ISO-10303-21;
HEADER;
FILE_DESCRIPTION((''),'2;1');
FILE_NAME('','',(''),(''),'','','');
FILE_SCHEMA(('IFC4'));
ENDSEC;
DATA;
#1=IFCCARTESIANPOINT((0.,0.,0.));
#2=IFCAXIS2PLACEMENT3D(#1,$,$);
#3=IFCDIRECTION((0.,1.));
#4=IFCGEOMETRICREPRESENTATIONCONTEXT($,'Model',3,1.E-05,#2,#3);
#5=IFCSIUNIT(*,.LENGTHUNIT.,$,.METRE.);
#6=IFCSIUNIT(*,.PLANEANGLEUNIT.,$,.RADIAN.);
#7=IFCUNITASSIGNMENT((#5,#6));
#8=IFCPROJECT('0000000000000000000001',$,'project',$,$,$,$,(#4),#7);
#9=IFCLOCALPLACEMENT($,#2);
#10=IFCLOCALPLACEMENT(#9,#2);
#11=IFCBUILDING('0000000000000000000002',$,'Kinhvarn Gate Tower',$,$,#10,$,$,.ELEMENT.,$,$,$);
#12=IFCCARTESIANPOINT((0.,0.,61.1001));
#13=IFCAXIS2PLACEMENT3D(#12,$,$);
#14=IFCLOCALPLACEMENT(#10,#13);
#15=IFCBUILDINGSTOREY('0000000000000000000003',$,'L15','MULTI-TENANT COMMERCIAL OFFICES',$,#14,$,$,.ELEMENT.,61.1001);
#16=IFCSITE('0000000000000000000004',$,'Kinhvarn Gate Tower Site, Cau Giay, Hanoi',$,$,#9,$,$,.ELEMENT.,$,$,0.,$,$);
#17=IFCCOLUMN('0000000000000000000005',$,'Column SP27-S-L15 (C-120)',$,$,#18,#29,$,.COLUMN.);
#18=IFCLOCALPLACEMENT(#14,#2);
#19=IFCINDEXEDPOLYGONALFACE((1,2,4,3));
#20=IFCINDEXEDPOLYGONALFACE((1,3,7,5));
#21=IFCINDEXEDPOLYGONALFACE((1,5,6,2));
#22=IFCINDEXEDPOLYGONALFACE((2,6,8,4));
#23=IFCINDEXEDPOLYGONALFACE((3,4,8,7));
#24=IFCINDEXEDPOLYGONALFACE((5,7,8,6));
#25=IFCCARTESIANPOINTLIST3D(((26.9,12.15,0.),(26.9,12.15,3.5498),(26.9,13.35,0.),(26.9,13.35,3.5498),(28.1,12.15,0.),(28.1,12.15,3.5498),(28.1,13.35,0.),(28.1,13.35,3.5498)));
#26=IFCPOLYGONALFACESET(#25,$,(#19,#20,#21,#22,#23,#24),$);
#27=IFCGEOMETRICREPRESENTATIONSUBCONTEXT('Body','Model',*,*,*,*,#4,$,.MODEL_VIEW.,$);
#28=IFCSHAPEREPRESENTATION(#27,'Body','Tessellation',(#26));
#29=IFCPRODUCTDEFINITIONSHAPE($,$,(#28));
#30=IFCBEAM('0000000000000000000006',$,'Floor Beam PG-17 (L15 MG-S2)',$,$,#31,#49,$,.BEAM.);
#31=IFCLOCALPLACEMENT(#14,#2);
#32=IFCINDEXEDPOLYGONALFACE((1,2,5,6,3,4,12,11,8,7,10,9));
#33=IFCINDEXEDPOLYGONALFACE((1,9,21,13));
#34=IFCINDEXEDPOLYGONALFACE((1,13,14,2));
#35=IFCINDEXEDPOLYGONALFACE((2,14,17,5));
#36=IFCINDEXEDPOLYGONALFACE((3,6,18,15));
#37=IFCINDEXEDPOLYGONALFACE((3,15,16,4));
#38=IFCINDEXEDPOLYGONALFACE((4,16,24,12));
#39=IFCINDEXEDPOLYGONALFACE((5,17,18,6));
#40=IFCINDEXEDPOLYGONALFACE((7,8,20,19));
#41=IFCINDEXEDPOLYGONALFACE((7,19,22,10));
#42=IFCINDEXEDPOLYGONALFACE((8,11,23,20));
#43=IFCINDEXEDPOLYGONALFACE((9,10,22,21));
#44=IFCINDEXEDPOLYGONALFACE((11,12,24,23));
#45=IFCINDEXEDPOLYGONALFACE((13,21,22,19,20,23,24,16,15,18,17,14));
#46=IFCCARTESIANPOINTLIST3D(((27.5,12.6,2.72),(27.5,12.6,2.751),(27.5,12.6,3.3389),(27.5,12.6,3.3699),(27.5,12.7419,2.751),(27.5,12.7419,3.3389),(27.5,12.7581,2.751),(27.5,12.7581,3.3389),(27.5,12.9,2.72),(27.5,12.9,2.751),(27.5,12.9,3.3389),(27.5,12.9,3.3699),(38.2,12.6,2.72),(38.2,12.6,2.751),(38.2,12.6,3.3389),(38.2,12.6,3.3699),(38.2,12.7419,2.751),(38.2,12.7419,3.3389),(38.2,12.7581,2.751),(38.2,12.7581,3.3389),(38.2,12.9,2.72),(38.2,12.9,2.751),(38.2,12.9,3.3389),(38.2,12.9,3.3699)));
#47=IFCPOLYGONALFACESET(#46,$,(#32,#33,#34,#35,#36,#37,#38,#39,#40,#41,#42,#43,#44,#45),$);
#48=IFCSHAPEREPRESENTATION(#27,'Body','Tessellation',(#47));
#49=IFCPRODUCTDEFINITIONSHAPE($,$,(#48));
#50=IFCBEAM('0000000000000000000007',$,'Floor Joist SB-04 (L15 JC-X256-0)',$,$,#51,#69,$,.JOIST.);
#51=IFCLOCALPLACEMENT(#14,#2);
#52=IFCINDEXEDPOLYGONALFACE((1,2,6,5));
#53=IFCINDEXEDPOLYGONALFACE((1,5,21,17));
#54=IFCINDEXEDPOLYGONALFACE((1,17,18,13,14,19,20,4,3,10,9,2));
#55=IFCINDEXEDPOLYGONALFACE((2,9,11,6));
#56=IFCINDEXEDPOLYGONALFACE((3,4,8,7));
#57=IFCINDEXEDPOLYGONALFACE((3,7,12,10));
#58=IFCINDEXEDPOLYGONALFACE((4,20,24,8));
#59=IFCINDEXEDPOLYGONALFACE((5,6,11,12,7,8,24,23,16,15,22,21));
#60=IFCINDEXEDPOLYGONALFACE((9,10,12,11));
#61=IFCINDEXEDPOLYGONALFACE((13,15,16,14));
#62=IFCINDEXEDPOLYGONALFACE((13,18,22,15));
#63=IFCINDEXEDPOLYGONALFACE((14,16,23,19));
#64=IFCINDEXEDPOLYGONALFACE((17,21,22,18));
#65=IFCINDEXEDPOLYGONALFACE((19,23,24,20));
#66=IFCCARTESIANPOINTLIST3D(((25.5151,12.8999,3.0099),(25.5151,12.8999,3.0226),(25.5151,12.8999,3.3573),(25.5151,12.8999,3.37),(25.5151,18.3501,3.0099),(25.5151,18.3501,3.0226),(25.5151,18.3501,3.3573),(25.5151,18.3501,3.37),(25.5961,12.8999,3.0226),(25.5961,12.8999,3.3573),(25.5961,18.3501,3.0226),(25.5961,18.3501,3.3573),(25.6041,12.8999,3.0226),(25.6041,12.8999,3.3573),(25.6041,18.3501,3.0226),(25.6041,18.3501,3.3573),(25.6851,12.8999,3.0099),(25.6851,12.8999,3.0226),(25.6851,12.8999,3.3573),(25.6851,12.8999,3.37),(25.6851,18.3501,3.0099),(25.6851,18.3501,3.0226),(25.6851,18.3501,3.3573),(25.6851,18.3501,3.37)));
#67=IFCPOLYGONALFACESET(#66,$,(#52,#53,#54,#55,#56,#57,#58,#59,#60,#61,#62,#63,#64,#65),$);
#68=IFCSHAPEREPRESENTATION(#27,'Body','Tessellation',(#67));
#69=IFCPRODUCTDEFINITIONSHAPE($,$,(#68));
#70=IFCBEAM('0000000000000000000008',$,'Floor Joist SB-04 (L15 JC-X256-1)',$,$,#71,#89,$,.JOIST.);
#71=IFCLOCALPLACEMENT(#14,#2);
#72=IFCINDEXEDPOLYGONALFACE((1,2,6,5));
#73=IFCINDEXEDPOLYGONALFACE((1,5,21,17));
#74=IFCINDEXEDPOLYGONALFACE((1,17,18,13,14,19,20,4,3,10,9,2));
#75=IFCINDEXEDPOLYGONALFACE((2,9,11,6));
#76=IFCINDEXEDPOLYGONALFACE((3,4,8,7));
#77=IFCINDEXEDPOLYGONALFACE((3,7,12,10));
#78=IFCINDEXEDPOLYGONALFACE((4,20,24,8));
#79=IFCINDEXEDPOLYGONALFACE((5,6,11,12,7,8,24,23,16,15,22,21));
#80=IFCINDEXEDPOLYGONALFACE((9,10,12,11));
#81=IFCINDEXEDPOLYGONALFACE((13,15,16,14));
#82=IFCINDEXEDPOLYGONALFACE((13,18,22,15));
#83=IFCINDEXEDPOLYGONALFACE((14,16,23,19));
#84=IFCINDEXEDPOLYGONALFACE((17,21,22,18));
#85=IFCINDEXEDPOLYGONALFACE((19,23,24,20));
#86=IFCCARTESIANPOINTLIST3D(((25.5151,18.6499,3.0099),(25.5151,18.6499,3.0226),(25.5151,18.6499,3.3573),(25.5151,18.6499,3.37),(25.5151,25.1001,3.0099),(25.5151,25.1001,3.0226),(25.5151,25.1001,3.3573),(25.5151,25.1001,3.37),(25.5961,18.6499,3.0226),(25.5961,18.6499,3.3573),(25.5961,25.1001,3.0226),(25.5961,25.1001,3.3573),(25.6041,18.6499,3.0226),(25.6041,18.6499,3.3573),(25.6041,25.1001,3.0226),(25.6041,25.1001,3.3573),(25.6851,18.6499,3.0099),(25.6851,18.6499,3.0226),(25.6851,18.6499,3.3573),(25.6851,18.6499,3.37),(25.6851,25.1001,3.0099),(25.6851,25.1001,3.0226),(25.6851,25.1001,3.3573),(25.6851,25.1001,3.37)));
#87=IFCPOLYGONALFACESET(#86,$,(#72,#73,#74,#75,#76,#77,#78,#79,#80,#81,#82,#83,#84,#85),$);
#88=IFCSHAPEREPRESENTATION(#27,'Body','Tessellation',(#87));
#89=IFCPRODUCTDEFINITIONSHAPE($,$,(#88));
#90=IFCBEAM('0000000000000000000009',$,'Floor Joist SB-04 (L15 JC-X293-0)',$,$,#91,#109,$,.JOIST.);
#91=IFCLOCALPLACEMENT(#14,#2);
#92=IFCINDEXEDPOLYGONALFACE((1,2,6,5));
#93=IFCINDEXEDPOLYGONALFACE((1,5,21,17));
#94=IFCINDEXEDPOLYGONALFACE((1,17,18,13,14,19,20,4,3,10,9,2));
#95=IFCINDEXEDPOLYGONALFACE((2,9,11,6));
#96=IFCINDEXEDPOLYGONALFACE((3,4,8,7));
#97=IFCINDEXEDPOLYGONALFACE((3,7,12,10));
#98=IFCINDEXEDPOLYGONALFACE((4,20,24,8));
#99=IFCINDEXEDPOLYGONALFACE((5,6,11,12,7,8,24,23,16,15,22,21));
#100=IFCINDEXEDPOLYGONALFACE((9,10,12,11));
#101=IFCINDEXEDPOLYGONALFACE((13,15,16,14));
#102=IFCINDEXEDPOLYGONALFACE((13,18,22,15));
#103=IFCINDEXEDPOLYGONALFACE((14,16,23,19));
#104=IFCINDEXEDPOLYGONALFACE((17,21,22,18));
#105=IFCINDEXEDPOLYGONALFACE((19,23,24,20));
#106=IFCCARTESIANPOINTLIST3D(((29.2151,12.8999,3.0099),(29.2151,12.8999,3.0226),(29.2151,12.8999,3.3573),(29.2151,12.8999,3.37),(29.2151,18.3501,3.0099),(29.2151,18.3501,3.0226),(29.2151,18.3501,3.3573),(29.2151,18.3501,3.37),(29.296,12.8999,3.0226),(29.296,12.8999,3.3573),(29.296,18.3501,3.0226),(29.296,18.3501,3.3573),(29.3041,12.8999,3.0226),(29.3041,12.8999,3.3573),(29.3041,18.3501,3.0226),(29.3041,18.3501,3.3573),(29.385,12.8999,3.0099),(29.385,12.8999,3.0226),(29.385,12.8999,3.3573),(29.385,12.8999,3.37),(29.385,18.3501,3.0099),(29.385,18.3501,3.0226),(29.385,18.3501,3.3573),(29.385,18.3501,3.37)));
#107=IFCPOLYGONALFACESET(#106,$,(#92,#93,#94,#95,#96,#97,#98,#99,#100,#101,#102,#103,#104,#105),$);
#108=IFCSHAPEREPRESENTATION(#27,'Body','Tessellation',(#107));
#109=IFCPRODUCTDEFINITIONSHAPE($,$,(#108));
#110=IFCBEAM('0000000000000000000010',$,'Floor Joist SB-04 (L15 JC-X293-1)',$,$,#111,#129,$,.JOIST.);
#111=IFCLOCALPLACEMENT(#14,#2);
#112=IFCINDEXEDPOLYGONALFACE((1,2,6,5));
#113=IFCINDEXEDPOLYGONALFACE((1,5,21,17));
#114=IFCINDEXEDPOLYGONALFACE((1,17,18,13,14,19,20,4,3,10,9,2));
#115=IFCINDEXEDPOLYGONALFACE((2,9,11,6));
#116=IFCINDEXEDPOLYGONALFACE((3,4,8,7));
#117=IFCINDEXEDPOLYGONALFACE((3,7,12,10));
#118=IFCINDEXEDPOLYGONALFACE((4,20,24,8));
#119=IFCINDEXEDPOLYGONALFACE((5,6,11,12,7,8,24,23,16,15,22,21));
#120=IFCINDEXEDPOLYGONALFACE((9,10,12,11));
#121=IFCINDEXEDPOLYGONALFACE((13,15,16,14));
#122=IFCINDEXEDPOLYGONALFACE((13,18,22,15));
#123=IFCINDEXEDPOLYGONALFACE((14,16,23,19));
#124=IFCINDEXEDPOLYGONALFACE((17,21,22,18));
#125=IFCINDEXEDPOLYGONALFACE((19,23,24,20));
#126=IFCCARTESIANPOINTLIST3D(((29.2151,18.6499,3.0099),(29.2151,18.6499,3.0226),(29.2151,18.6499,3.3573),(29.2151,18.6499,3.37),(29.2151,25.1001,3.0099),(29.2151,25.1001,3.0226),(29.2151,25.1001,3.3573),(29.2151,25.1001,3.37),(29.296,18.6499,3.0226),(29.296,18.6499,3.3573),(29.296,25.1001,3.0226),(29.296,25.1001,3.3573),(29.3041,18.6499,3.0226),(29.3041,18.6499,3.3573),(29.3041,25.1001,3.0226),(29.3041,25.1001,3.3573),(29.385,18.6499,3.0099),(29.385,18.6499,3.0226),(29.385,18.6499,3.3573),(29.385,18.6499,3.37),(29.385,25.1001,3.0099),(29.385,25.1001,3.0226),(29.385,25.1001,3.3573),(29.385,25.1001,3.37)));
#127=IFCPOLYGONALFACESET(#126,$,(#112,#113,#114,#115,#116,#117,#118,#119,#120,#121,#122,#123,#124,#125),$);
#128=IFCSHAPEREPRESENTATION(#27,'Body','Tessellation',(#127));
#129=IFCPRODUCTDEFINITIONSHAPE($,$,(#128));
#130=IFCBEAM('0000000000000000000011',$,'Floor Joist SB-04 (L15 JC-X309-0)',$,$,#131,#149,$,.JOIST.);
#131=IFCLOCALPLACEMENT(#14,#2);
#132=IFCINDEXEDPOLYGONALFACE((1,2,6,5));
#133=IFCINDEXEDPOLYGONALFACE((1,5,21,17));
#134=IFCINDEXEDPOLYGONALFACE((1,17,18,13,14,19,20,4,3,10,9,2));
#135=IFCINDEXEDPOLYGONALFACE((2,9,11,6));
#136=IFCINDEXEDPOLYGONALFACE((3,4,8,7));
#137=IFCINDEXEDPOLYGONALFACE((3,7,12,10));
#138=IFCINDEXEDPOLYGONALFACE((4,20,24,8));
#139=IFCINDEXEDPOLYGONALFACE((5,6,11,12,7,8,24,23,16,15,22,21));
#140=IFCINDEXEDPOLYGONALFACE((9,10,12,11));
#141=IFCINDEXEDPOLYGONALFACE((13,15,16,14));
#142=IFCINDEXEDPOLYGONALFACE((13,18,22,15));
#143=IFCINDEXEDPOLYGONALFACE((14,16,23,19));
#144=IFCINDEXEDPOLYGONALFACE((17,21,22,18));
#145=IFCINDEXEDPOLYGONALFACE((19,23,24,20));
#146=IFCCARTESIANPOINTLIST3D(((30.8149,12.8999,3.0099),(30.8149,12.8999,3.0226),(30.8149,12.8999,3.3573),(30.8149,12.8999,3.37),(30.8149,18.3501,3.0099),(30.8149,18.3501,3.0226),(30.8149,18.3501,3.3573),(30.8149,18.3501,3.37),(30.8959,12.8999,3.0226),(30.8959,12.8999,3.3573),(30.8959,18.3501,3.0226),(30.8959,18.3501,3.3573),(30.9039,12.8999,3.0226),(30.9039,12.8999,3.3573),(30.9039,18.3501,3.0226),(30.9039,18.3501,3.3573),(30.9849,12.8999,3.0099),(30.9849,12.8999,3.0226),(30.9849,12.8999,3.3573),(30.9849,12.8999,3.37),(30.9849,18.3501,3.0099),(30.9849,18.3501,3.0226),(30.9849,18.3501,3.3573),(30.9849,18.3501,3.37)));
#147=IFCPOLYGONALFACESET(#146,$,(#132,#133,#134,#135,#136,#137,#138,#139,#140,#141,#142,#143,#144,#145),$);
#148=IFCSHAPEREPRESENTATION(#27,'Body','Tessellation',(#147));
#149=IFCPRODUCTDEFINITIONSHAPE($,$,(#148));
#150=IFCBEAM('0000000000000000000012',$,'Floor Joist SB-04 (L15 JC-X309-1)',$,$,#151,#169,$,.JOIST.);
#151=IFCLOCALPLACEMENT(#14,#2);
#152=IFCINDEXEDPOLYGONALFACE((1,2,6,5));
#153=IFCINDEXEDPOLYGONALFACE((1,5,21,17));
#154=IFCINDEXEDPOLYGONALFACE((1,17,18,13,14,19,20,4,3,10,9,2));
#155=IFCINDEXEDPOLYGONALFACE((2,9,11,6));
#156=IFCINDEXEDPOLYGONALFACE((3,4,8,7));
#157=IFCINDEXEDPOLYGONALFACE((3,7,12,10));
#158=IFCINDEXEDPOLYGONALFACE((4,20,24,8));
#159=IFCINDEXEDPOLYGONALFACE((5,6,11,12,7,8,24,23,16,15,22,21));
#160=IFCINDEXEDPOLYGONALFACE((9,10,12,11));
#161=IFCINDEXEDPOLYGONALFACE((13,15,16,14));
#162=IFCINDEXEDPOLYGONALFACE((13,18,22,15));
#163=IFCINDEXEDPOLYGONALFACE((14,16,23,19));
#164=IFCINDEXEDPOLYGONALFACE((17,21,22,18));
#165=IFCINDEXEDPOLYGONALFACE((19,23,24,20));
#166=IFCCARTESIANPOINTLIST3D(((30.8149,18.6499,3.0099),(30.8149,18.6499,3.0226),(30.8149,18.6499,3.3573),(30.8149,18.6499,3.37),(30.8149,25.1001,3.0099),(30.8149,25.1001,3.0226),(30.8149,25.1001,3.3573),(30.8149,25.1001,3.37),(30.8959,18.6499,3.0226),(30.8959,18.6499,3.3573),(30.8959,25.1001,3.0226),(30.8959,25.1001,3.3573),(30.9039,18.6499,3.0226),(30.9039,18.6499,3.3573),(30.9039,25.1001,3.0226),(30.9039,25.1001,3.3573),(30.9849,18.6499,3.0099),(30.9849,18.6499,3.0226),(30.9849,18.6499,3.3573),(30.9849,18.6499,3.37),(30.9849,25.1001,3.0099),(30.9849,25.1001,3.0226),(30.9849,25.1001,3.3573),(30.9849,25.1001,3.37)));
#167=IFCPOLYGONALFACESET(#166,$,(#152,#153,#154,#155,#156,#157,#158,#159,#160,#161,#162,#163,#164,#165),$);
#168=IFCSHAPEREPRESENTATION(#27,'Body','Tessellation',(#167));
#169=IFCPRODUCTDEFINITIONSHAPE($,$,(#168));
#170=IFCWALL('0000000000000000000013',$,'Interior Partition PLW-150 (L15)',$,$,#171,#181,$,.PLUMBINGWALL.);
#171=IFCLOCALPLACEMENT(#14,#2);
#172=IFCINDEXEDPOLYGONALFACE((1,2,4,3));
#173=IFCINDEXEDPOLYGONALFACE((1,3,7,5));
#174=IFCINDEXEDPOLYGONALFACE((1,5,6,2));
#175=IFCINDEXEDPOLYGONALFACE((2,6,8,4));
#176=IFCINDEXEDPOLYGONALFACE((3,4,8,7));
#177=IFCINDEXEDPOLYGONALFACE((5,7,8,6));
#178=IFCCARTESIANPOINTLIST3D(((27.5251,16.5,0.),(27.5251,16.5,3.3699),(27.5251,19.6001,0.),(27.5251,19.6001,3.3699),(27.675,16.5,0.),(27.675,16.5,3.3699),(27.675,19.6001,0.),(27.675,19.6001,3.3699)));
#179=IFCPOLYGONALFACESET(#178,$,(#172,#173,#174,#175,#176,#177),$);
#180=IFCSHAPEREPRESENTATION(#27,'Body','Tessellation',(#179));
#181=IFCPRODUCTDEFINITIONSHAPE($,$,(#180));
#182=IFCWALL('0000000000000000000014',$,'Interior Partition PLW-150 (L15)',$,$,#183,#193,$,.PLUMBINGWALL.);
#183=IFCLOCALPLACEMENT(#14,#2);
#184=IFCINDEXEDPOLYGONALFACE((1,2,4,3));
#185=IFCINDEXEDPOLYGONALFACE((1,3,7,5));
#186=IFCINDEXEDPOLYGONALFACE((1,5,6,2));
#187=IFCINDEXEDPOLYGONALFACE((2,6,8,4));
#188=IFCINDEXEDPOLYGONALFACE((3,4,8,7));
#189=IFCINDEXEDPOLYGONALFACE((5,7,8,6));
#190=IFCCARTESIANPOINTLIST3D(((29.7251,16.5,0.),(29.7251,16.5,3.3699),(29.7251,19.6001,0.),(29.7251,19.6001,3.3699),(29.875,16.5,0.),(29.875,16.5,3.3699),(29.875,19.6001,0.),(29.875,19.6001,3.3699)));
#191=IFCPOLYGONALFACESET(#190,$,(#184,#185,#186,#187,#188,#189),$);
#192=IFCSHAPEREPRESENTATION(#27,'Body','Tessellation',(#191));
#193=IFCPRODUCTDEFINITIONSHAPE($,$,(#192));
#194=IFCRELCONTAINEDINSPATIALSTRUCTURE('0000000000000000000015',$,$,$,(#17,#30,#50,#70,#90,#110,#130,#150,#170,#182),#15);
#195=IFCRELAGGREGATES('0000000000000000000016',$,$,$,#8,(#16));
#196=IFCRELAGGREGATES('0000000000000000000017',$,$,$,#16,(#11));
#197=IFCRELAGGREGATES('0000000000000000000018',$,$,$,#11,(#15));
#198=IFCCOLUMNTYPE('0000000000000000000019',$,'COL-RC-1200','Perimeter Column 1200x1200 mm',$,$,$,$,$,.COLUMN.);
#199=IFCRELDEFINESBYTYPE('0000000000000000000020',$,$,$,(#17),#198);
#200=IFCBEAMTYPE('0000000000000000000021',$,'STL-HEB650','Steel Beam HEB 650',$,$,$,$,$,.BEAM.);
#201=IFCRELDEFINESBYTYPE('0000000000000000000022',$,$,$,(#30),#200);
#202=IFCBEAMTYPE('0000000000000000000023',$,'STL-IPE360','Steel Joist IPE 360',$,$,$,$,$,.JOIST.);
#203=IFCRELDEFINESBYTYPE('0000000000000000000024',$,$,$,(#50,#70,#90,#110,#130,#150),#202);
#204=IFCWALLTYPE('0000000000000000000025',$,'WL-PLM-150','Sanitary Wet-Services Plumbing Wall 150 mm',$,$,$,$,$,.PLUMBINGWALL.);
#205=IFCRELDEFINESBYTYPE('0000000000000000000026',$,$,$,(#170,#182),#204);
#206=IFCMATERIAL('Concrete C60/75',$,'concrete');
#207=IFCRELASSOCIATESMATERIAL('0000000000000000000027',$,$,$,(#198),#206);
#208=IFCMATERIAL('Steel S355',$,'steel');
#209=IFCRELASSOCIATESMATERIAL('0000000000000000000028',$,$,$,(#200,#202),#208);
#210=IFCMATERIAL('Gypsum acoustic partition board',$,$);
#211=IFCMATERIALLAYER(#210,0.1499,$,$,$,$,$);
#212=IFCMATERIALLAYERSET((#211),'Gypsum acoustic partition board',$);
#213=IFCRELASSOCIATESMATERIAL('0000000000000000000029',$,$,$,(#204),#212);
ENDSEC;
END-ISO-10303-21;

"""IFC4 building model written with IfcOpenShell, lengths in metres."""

from ifc_helpers import new_model, si_unit, direction, frame, frame_2d, origin, origin_2d, place, context, subcontext, project, spatial, rectangle, i_section, extrude, material, layer, layer_set, material_profile, profile_set, type_object, element, save


model = new_model("IFC4")

# Units and contexts
model_context = context("Model", 3, precision=1e-05, world=origin(), true_north=direction((0.0, 1.0)))
body_context = subcontext(model_context, "Body", "Model", "MODEL_VIEW")
ifc_project = project(units=[si_unit("LENGTHUNIT", "METRE"), si_unit("PLANEANGLEUNIT", "RADIAN")], contexts=[model_context])

# Site, building, storey
site_placement = place(None, origin())
site = spatial("IfcSite", under=ifc_project, at=site_placement, Name="Kinhvarn Gate Tower Site, Cau Giay, Hanoi", CompositionType="ELEMENT", RefElevation=0.0)
building_placement = place(site_placement, origin())
building = spatial("IfcBuilding", under=site, at=building_placement, Name="Kinhvarn Gate Tower", CompositionType="ELEMENT")
storey_placement = place(building_placement, frame((0.0, 0.0, 61.1001)))
storey = spatial("IfcBuildingStorey", under=building, at=storey_placement, Name="L15", Description="MULTI-TENANT COMMERCIAL OFFICES", CompositionType="ELEMENT", Elevation=61.1001)

# Column
ifc_material_1 = material(Name="Concrete C60/75", Category="concrete")
ifc_material_profile_1 = material_profile(ifc_material_1, rectangle(XDim=1.2, YDim=1.2, at=origin_2d()), Name="RC 1200x1200")
ifc_profile_set_1 = profile_set([ifc_material_profile_1], Name="Concrete C60/75")
column_type = type_object("IfcColumnType", Name="COL-RC-1200", Description="Perimeter Column 1200x1200 mm", PredefinedType="COLUMN", material=ifc_profile_set_1)
column_placement = place(storey_placement, frame((27.5, 12.75, 0.0), z_axis=(0.0, 0.0, 1.0), x_axis=(1.0, 0.0, 0.0)))
element("IfcColumn", 1, at=column_placement, inside=storey, type_object=column_type, Name="Column SP27-S-L15 (C-120)", PredefinedType="COLUMN", context=body_context, shape_type="SweptSolid", body=[
    extrude(rectangle(XDim=1.2, YDim=1.2, at=origin_2d()), origin(), (0.0, 0.0, 1.0), 3.5498),
])

# Beams
ifc_material_2 = material(Name="Steel S355", Category="steel")
ifc_material_profile_2 = material_profile(ifc_material_2, i_section(OverallWidth=0.3, OverallDepth=0.6499, WebThickness=0.0161, FlangeThickness=0.031, at=origin_2d()), Name="HEB 650")
ifc_profile_set_2 = profile_set([ifc_material_profile_2], Name="Steel S355")
beam_type_1 = type_object("IfcBeamType", Name="STL-HEB650", Description="Steel Beam HEB 650", PredefinedType="BEAM", material=ifc_profile_set_2)
beam_1_placement = place(storey_placement, frame((27.5, 12.75, 3.0449), z_axis=(1.0, 0.0, 0.0), x_axis=(0.0, 1.0, 0.0)))
element("IfcBeam", 2, at=beam_1_placement, inside=storey, type_object=beam_type_1, Name="Floor Beam PG-17 (L15 MG-S2)", PredefinedType="BEAM", context=body_context, shape_type="SweptSolid", body=[
    extrude(i_section(OverallWidth=0.3, OverallDepth=0.6499, WebThickness=0.0161, FlangeThickness=0.031, at=origin_2d()), origin(), (0.0, 0.0, 1.0), 10.7),
])
ifc_material_profile_3 = material_profile(ifc_material_2, i_section(OverallWidth=0.1699, OverallDepth=0.3601, WebThickness=0.0081, FlangeThickness=0.0127, at=origin_2d()), Name="IPE 360")
ifc_profile_set_3 = profile_set([ifc_material_profile_3], Name="Steel S355")
beam_type_2 = type_object("IfcBeamType", Name="STL-IPE360", Description="Steel Joist IPE 360", PredefinedType="JOIST", material=ifc_profile_set_3)
beam_2_placement = place(storey_placement, frame((25.6001, 12.8999, 3.1899), z_axis=(0.0, 1.0, 0.0), x_axis=(-1.0, 0.0, 0.0)))
element("IfcBeam", 3, at=beam_2_placement, inside=storey, type_object=beam_type_2, Name="Floor Joist SB-04 (L15 JC-X256-0)", PredefinedType="JOIST", context=body_context, shape_type="SweptSolid", body=[
    extrude(i_section(OverallWidth=0.1699, OverallDepth=0.3601, WebThickness=0.0081, FlangeThickness=0.0127, at=origin_2d()), origin(), (0.0, 0.0, 1.0), 5.4502),
])
beam_3_placement = place(storey_placement, frame((25.6001, 18.6499, 3.1899), z_axis=(0.0, 1.0, 0.0), x_axis=(-1.0, 0.0, 0.0)))
element("IfcBeam", 4, at=beam_3_placement, inside=storey, type_object=beam_type_2, Name="Floor Joist SB-04 (L15 JC-X256-1)", PredefinedType="JOIST", context=body_context, shape_type="SweptSolid", body=[
    extrude(i_section(OverallWidth=0.1699, OverallDepth=0.3601, WebThickness=0.0081, FlangeThickness=0.0127, at=origin_2d()), origin(), (0.0, 0.0, 1.0), 6.4502),
])
beam_4_placement = place(storey_placement, frame((29.3, 12.8999, 3.1899), z_axis=(0.0, 1.0, 0.0), x_axis=(-1.0, 0.0, 0.0)))
element("IfcBeam", 5, at=beam_4_placement, inside=storey, type_object=beam_type_2, Name="Floor Joist SB-04 (L15 JC-X293-0)", PredefinedType="JOIST", context=body_context, shape_type="SweptSolid", body=[
    extrude(i_section(OverallWidth=0.1699, OverallDepth=0.3601, WebThickness=0.0081, FlangeThickness=0.0127, at=origin_2d()), origin(), (0.0, 0.0, 1.0), 5.4502),
])
beam_5_placement = place(storey_placement, frame((29.3, 18.6499, 3.1899), z_axis=(0.0, 1.0, 0.0), x_axis=(-1.0, 0.0, 0.0)))
element("IfcBeam", 6, at=beam_5_placement, inside=storey, type_object=beam_type_2, Name="Floor Joist SB-04 (L15 JC-X293-1)", PredefinedType="JOIST", context=body_context, shape_type="SweptSolid", body=[
    extrude(i_section(OverallWidth=0.1699, OverallDepth=0.3601, WebThickness=0.0081, FlangeThickness=0.0127, at=origin_2d()), origin(), (0.0, 0.0, 1.0), 6.4502),
])
beam_6_placement = place(storey_placement, frame((30.8999, 12.8999, 3.1899), z_axis=(0.0, 1.0, 0.0), x_axis=(-1.0, 0.0, 0.0)))
element("IfcBeam", 7, at=beam_6_placement, inside=storey, type_object=beam_type_2, Name="Floor Joist SB-04 (L15 JC-X309-0)", PredefinedType="JOIST", context=body_context, shape_type="SweptSolid", body=[
    extrude(i_section(OverallWidth=0.1699, OverallDepth=0.3601, WebThickness=0.0081, FlangeThickness=0.0127, at=origin_2d()), origin(), (0.0, 0.0, 1.0), 5.4502),
])
beam_7_placement = place(storey_placement, frame((30.8999, 18.6499, 3.1899), z_axis=(0.0, 1.0, 0.0), x_axis=(-1.0, 0.0, 0.0)))
element("IfcBeam", 8, at=beam_7_placement, inside=storey, type_object=beam_type_2, Name="Floor Joist SB-04 (L15 JC-X309-1)", PredefinedType="JOIST", context=body_context, shape_type="SweptSolid", body=[
    extrude(i_section(OverallWidth=0.1699, OverallDepth=0.3601, WebThickness=0.0081, FlangeThickness=0.0127, at=origin_2d()), origin(), (0.0, 0.0, 1.0), 6.4502),
])

# Walls
ifc_material_3 = material(Name="Gypsum acoustic partition board")
ifc_layer_1 = layer(ifc_material_3, 0.1499)
ifc_layer_set_1 = layer_set([ifc_layer_1], Name="Gypsum acoustic partition board")
wall_type_1 = type_object("IfcWallType", Name="WL-PLM-150", Description="Sanitary Wet-Services Plumbing Wall 150 mm", PredefinedType="PLUMBINGWALL", material=ifc_layer_set_1)
for number, where, z_axis, x_axis, name in (
    (9, (27.6001, 16.5, 0.0), (0.0, 0.0, 1.0), (0.0, 1.0, 0.0), "Interior Partition PLW-150 (L15)"),
    (10, (29.8, 16.5, 0.0), (0.0, 0.0, 1.0), (0.0, 1.0, 0.0), "Interior Partition PLW-150 (L15)"),
):
    element("IfcWall", number, at=place(storey_placement, frame(where, z_axis=z_axis, x_axis=x_axis)), inside=storey, type_object=wall_type_1, Name=name, PredefinedType="PLUMBINGWALL", context=body_context, shape_type="SweptSolid", body=[
        extrude(rectangle(XDim=3.1001, YDim=0.1499, at=frame_2d((1.55, 0.0))), origin(), (0.0, 0.0, 1.0), 3.3699),
    ])

save(model, "model.ifc")
